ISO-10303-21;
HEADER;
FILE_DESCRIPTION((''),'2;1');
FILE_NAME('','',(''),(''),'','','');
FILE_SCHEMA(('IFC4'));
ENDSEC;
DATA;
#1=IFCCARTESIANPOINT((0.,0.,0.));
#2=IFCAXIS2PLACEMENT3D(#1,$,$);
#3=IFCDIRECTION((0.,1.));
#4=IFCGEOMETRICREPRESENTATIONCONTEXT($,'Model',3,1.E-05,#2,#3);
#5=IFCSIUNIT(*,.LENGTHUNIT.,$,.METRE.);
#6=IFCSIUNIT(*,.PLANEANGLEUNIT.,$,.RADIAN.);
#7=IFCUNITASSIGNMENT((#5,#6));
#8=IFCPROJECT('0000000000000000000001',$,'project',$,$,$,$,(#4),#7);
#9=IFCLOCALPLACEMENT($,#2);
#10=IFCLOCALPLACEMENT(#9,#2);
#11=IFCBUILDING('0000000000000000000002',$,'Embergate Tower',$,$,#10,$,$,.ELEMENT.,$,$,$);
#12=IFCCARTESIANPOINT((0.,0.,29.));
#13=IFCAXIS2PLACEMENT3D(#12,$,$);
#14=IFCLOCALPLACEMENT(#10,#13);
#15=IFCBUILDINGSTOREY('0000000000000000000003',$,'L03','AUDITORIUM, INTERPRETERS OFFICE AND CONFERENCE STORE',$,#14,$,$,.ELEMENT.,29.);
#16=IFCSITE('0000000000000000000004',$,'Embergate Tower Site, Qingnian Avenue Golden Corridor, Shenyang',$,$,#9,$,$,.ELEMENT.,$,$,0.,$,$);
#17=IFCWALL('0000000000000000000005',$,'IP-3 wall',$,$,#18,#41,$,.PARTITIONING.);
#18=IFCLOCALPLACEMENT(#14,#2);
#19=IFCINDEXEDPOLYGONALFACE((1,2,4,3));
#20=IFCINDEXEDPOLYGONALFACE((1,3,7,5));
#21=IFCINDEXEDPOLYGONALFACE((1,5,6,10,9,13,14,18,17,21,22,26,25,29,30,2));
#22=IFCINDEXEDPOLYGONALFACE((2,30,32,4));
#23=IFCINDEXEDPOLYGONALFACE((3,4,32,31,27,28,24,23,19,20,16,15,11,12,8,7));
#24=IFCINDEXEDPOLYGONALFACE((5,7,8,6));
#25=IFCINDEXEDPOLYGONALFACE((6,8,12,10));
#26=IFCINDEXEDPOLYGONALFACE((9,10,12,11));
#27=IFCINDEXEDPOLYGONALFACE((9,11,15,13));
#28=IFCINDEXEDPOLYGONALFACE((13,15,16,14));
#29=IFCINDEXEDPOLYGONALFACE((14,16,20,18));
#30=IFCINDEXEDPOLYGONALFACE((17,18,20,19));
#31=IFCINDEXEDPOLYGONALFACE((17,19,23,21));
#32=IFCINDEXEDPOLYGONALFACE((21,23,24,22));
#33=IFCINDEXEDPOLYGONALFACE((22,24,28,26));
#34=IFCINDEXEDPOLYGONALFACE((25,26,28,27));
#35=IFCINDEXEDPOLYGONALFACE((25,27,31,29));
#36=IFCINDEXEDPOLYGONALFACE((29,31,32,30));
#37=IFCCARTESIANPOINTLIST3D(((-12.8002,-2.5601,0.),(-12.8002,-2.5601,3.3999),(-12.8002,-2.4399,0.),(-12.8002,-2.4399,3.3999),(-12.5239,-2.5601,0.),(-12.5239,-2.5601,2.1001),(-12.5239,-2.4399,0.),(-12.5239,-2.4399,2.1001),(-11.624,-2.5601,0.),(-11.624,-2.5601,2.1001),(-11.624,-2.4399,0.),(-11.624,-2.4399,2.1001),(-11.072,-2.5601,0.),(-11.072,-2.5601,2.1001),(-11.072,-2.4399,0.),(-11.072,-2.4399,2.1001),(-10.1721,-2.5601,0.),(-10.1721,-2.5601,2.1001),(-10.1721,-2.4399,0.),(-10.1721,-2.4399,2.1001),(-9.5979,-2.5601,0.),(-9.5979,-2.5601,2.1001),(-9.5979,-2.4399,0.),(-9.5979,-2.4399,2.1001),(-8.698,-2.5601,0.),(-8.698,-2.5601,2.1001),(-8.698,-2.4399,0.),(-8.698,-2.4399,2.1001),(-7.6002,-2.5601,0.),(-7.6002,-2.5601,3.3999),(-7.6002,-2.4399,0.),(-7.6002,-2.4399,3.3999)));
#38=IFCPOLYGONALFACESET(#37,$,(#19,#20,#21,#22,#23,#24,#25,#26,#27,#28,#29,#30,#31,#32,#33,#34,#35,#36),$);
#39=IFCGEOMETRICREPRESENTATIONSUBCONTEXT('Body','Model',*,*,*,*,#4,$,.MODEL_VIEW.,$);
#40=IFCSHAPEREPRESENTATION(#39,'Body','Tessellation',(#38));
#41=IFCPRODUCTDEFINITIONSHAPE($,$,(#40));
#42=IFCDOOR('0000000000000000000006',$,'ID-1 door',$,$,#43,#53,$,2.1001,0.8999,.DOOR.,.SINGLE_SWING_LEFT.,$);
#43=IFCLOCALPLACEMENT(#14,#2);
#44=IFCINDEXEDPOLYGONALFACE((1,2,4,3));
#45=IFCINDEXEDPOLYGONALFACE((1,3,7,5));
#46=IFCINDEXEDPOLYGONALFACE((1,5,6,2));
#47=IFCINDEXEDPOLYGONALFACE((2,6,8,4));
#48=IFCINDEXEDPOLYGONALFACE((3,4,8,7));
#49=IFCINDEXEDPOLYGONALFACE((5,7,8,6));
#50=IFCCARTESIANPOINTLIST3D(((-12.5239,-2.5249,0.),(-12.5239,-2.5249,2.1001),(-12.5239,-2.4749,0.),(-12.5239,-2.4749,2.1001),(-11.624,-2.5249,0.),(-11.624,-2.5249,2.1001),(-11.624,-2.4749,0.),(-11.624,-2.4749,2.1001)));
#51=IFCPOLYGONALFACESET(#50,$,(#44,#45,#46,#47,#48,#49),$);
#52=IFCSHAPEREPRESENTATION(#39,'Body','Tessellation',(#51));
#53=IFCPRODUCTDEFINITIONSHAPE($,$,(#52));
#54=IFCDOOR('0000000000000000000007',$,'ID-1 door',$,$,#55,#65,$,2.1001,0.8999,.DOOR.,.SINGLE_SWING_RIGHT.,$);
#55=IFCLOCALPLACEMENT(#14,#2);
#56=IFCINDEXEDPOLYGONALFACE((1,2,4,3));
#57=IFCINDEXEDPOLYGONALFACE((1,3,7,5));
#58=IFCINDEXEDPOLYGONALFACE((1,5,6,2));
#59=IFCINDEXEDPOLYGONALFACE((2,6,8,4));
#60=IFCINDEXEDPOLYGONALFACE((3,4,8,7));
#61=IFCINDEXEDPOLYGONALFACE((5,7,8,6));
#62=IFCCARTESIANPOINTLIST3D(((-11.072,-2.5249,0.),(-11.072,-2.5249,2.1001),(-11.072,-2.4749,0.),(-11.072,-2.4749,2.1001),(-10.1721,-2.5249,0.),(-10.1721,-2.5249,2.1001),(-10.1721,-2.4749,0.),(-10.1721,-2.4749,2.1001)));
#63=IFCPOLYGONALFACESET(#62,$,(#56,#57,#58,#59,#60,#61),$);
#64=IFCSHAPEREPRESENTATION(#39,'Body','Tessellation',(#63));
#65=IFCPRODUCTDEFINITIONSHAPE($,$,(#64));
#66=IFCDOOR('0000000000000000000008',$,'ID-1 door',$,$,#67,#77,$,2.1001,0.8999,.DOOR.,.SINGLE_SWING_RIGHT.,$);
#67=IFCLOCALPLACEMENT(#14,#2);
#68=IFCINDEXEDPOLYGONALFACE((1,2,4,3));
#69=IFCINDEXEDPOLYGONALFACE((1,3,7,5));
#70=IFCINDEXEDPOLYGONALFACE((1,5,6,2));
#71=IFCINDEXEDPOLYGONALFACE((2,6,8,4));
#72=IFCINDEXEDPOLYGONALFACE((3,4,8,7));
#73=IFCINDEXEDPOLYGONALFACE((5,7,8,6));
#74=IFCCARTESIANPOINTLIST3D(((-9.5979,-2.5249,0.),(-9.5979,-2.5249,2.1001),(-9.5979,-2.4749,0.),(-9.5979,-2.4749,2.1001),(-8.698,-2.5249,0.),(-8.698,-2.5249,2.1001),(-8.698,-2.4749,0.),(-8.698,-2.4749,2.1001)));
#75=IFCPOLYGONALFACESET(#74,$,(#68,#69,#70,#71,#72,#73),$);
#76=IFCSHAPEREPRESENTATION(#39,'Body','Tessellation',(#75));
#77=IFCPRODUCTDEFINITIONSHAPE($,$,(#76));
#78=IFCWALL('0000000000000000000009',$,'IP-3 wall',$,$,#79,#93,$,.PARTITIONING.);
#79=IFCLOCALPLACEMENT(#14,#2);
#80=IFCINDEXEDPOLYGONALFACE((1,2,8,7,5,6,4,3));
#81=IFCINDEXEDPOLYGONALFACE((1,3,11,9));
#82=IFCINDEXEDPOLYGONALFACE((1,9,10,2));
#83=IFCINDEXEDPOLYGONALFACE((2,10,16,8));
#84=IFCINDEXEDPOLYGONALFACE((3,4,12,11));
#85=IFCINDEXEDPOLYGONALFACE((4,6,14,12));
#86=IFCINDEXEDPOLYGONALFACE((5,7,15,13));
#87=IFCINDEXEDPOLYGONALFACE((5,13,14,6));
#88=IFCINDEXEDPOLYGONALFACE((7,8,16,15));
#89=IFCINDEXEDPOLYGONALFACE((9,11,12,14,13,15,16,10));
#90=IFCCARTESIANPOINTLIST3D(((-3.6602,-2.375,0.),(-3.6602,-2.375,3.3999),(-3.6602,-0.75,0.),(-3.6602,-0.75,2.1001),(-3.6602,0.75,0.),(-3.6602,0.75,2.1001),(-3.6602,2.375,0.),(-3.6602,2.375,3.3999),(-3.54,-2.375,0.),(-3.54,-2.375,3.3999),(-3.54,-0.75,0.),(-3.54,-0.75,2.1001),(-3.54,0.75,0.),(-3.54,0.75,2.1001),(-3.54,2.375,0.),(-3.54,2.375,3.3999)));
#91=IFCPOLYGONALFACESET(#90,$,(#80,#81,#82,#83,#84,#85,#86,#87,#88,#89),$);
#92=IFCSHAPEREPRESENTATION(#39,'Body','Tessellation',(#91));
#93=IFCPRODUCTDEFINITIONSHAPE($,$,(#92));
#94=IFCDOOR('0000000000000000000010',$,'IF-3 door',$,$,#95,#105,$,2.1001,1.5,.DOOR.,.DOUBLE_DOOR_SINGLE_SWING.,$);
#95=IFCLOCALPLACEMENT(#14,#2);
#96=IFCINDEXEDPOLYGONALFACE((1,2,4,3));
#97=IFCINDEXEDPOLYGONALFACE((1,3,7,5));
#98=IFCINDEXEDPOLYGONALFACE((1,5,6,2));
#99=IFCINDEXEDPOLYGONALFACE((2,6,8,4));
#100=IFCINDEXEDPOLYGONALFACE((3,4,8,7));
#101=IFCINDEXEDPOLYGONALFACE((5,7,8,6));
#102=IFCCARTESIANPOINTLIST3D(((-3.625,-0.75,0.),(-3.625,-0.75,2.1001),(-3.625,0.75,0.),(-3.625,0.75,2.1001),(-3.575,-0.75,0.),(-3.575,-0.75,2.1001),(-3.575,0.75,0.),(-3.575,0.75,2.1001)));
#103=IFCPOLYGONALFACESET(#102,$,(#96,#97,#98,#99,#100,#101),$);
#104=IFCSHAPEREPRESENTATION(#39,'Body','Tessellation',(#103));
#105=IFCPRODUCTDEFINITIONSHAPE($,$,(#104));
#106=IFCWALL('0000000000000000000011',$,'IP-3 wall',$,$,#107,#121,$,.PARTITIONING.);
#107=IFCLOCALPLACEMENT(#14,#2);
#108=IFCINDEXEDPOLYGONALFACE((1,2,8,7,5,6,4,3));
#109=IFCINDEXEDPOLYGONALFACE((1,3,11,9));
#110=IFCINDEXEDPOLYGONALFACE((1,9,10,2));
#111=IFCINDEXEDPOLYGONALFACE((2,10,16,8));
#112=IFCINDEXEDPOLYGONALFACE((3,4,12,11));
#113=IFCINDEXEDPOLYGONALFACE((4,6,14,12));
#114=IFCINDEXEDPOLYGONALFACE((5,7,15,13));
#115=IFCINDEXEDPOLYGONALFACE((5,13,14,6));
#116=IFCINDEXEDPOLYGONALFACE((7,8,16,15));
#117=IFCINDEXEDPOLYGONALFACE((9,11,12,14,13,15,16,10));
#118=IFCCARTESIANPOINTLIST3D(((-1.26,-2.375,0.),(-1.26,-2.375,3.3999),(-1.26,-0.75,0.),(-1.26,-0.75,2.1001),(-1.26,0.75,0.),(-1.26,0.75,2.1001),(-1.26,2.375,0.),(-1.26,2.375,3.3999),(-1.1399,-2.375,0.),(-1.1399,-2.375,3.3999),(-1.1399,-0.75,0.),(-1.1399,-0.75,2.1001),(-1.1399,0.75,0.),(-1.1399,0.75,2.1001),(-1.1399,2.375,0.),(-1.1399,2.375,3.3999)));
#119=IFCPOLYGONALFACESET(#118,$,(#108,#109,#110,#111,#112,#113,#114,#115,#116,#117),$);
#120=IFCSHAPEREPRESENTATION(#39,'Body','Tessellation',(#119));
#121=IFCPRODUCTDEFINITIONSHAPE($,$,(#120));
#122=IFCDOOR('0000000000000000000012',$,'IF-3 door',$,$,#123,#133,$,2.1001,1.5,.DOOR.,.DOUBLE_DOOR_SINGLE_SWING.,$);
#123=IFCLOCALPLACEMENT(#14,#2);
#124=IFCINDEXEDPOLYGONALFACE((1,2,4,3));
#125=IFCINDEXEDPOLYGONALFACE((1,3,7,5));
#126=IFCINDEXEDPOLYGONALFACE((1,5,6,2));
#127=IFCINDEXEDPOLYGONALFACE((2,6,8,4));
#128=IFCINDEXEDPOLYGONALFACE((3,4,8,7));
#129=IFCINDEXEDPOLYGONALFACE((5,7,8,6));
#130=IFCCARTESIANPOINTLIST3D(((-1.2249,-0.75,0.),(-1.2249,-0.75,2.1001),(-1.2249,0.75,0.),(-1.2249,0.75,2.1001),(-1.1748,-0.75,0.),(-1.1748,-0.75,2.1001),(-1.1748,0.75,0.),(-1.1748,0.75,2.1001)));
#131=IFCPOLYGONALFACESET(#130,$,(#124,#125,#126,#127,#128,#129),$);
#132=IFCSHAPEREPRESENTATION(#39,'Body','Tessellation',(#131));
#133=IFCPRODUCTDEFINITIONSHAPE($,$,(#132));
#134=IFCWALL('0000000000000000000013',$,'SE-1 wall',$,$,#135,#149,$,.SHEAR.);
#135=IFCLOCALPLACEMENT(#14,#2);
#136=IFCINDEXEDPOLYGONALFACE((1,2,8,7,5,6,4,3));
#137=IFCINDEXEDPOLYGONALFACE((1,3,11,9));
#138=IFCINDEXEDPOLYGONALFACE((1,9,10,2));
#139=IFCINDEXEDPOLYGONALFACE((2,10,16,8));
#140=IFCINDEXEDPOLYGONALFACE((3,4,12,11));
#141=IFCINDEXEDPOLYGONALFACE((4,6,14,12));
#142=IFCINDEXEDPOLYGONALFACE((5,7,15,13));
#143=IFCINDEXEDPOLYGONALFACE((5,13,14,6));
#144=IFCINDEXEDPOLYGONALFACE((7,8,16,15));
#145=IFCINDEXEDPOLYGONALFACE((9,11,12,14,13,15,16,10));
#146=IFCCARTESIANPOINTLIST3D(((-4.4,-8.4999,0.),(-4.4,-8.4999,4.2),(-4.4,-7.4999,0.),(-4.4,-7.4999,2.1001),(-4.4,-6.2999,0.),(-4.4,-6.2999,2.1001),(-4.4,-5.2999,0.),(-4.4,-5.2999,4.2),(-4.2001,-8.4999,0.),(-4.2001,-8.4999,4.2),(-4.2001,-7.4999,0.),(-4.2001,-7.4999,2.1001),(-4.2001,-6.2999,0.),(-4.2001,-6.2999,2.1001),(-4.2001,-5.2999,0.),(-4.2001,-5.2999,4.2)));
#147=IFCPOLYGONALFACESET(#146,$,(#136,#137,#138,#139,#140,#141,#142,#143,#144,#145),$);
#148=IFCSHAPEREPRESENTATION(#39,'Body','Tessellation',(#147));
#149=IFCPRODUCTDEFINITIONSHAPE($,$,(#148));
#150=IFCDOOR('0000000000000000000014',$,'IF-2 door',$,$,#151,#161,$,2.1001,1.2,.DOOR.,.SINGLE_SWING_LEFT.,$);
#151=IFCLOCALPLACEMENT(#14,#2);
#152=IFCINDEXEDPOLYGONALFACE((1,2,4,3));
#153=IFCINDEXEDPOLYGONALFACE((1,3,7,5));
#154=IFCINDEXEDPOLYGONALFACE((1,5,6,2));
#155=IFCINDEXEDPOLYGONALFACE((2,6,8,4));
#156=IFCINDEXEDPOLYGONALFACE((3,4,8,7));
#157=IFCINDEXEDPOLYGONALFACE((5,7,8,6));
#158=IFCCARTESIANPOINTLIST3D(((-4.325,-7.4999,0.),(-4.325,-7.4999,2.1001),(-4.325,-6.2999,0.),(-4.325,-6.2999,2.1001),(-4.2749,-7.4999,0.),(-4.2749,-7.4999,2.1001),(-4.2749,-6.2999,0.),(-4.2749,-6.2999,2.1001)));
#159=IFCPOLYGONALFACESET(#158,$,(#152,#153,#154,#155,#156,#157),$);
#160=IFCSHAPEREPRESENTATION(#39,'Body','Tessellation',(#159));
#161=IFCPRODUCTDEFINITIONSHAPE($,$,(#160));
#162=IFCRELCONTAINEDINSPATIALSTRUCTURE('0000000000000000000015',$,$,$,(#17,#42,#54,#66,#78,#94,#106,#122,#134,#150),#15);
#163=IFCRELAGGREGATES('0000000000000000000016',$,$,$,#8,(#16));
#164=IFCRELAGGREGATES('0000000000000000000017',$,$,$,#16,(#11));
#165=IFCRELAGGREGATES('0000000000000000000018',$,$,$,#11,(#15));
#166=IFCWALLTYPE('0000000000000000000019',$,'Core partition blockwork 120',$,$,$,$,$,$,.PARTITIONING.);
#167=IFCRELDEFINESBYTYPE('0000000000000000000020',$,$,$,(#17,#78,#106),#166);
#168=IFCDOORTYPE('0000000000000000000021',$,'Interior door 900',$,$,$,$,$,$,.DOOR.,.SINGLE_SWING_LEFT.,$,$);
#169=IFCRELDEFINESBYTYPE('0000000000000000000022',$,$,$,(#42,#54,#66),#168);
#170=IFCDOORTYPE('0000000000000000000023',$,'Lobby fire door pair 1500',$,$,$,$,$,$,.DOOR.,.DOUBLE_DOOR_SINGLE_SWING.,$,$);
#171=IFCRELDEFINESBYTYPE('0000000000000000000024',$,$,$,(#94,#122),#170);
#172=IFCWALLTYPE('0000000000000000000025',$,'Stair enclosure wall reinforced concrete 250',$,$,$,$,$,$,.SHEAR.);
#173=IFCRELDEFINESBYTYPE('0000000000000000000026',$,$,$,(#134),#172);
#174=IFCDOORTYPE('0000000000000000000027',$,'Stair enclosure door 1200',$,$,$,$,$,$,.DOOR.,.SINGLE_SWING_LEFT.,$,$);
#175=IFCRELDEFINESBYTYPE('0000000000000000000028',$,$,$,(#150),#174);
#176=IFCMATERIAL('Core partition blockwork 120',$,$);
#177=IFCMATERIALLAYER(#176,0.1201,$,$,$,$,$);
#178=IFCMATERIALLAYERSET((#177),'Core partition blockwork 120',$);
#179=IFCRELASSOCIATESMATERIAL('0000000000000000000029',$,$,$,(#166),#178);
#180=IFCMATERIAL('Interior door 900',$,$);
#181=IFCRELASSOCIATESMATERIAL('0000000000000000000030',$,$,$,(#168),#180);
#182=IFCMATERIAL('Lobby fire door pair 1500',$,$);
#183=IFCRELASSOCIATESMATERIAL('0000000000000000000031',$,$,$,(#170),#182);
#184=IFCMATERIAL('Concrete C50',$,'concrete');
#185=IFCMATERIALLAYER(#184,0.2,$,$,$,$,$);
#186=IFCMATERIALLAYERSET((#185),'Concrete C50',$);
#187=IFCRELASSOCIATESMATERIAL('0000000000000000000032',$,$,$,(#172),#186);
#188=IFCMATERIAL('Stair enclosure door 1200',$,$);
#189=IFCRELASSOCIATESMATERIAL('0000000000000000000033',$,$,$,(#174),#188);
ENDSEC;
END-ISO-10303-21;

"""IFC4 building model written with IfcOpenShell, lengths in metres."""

from ifc_helpers import new_model, si_unit, direction, frame, frame_2d, origin, place, context, subcontext, project, spatial, rectangle, extrude, source, transform, mapped, material, layer, layer_set, type_object, element, fill, save


model = new_model("IFC4")

# Units and contexts
model_context = context("Model", 3, precision=1e-05, world=origin(), true_north=direction((0.0, 1.0)))
body_context = subcontext(model_context, "Body", "Model", "MODEL_VIEW")
ifc_project = project(units=[si_unit("LENGTHUNIT", "METRE"), si_unit("PLANEANGLEUNIT", "RADIAN")], contexts=[model_context])

# Site, building, storey
site_placement = place(None, origin())
site = spatial("IfcSite", under=ifc_project, at=site_placement, Name="Embergate Tower Site, Qingnian Avenue Golden Corridor, Shenyang", CompositionType="ELEMENT", RefElevation=0.0)
building_placement = place(site_placement, origin())
building = spatial("IfcBuilding", under=site, at=building_placement, Name="Embergate Tower", CompositionType="ELEMENT")
storey_placement = place(building_placement, frame((0.0, 0.0, 29.0)))
storey = spatial("IfcBuildingStorey", under=building, at=storey_placement, Name="L03", Description="AUDITORIUM, INTERPRETERS OFFICE AND CONFERENCE STORE", CompositionType="ELEMENT", Elevation=29.0)

# Shared definitions
ifc_material_1 = material(Name="Concrete C50", Category="concrete")

# Wall, openings, doors
ifc_material_2 = material(Name="Core partition blockwork 120")
ifc_layer_1 = layer(ifc_material_2, 0.1201)
ifc_layer_set_1 = layer_set([ifc_layer_1], Name="Core partition blockwork 120")
wall_type_1 = type_object("IfcWallType", Name="Core partition blockwork 120", PredefinedType="PARTITIONING", material=ifc_layer_set_1)
shared_shape_1 = source(origin(), body_context, "Body", "SweptSolid", [
    extrude(rectangle(XDim=5.2, YDim=0.1201, at=frame_2d((2.6001, 0.0))), origin(), (0.0, 0.0, 1.0), 3.3999),
])
wall_1_placement = place(storey_placement, frame((-7.6001, -2.5, 0.0), z_axis=(0.0, 0.0, 1.0), x_axis=(-1.0, 0.0, 0.0)))
wall_1 = element("IfcWall", 1, at=wall_1_placement, inside=storey, type_object=wall_type_1, Name="IP-3 wall", PredefinedType="PARTITIONING", context=body_context, shape_type="MappedRepresentation", body=[
    mapped(shared_shape_1, transform((0.0, 0.0, 0.0))),
])
shared_shape_2 = source(origin(), body_context, "Body", "SweptSolid", [
    extrude(rectangle(XDim=0.8999, YDim=2.1001, at=frame_2d((0.45, 1.05))), frame((0.0, 0.0701, 0.0), z_axis=(0.0, -1.0, 0.0), x_axis=(1.0, 0.0, 0.0)), (0.0, 0.0, 1.0), 0.1401),
])
opening_1_placement = place(wall_1_placement, frame((4.0239, 0.0, 0.0)))
opening_1 = element("IfcOpeningElement", 2, at=opening_1_placement, cuts=wall_1, PredefinedType="OPENING", context=body_context, shape_type="MappedRepresentation", body=[
    mapped(shared_shape_2, transform((0.0, 0.0, 0.0))),
])
opening_2_placement = place(wall_1_placement, frame((2.572, 0.0, 0.0)))
opening_2 = element("IfcOpeningElement", 3, at=opening_2_placement, cuts=wall_1, PredefinedType="OPENING", context=body_context, shape_type="MappedRepresentation", body=[
    mapped(shared_shape_2, transform((0.0, 0.0, 0.0))),
])
opening_3_placement = place(wall_1_placement, frame((1.0979, 0.0, 0.0)))
opening_3 = element("IfcOpeningElement", 4, at=opening_3_placement, cuts=wall_1, PredefinedType="OPENING", context=body_context, shape_type="MappedRepresentation", body=[
    mapped(shared_shape_2, transform((0.0, 0.0, 0.0))),
])
ifc_material_3 = material(Name="Interior door 900")
door_type_1 = type_object("IfcDoorType", Name="Interior door 900", OperationType="SINGLE_SWING_LEFT", PredefinedType="DOOR", material=ifc_material_3)
shared_shape_3 = source(origin(), body_context, "Body", "SweptSolid", [
    extrude(rectangle(XDim=0.8999, YDim=2.1001, at=frame_2d((0.45, 1.05))), frame((0.0, 0.0249, 0.0), z_axis=(0.0, -1.0, 0.0), x_axis=(1.0, 0.0, 0.0)), (0.0, 0.0, 1.0), 0.05),
])
door_1_placement = place(opening_1_placement, origin())
door_1 = element("IfcDoor", 5, at=door_1_placement, inside=storey, type_object=door_type_1, Name="ID-1 door", OperationType="SINGLE_SWING_LEFT", OverallHeight=2.1001, OverallWidth=0.8999, PredefinedType="DOOR", context=body_context, shape_type="MappedRepresentation", body=[
    mapped(shared_shape_3, transform((0.0, 0.0, 0.0))),
])
fill(opening_1, door_1)
door_2_placement = place(opening_2_placement, origin())
door_2 = element("IfcDoor", 6, at=door_2_placement, inside=storey, type_object=door_type_1, Name="ID-1 door", OperationType="SINGLE_SWING_RIGHT", OverallHeight=2.1001, OverallWidth=0.8999, PredefinedType="DOOR", context=body_context, shape_type="MappedRepresentation", body=[
    mapped(shared_shape_3, transform((0.0, 0.0, 0.0))),
])
fill(opening_2, door_2)
door_3_placement = place(opening_3_placement, origin())
door_3 = element("IfcDoor", 7, at=door_3_placement, inside=storey, type_object=door_type_1, Name="ID-1 door", OperationType="SINGLE_SWING_RIGHT", OverallHeight=2.1001, OverallWidth=0.8999, PredefinedType="DOOR", context=body_context, shape_type="MappedRepresentation", body=[
    mapped(shared_shape_3, transform((0.0, 0.0, 0.0))),
])
fill(opening_3, door_3)

# Walls, openings, doors
shared_shape_4 = source(origin(), body_context, "Body", "SweptSolid", [
    extrude(rectangle(XDim=4.75, YDim=0.1201, at=frame_2d((2.375, 0.0))), origin(), (0.0, 0.0, 1.0), 3.3999),
])
wall_2_placement = place(storey_placement, frame((-3.6001, -2.375, 0.0), z_axis=(0.0, 0.0, 1.0), x_axis=(0.0, 1.0, 0.0)))
wall_2 = element("IfcWall", 8, at=wall_2_placement, inside=storey, type_object=wall_type_1, Name="IP-3 wall", PredefinedType="PARTITIONING", context=body_context, shape_type="MappedRepresentation", body=[
    mapped(shared_shape_4, transform((0.0, 0.0, 0.0))),
])
shared_shape_5 = source(origin(), body_context, "Body", "SweptSolid", [
    extrude(rectangle(XDim=1.5, YDim=2.1001, at=frame_2d((0.75, 1.05))), frame((0.0, 0.0701, 0.0), z_axis=(0.0, -1.0, 0.0), x_axis=(1.0, 0.0, 0.0)), (0.0, 0.0, 1.0), 0.1401),
])
opening_4_placement = place(wall_2_placement, frame((1.625, 0.0, 0.0)))
opening_4 = element("IfcOpeningElement", 9, at=opening_4_placement, cuts=wall_2, PredefinedType="OPENING", context=body_context, shape_type="MappedRepresentation", body=[
    mapped(shared_shape_5, transform((0.0, 0.0, 0.0))),
])
ifc_material_4 = material(Name="Lobby fire door pair 1500")
door_type_2 = type_object("IfcDoorType", Name="Lobby fire door pair 1500", OperationType="DOUBLE_DOOR_SINGLE_SWING", PredefinedType="DOOR", material=ifc_material_4)
shared_shape_6 = source(origin(), body_context, "Body", "SweptSolid", [
    extrude(rectangle(XDim=1.5, YDim=2.1001, at=frame_2d((0.75, 1.05))), frame((0.0, 0.0249, 0.0), z_axis=(0.0, -1.0, 0.0), x_axis=(1.0, 0.0, 0.0)), (0.0, 0.0, 1.0), 0.05),
])
door_4_placement = place(opening_4_placement, origin())
door_4 = element("IfcDoor", 10, at=door_4_placement, inside=storey, type_object=door_type_2, Name="IF-3 door", OperationType="DOUBLE_DOOR_SINGLE_SWING", OverallHeight=2.1001, OverallWidth=1.5, PredefinedType="DOOR", context=body_context, shape_type="MappedRepresentation", body=[
    mapped(shared_shape_6, transform((0.0, 0.0, 0.0))),
])
fill(opening_4, door_4)
wall_3_placement = place(storey_placement, frame((-1.2, -2.375, 0.0), z_axis=(0.0, 0.0, 1.0), x_axis=(0.0, 1.0, 0.0)))
wall_3 = element("IfcWall", 11, at=wall_3_placement, inside=storey, type_object=wall_type_1, Name="IP-3 wall", PredefinedType="PARTITIONING", context=body_context, shape_type="MappedRepresentation", body=[
    mapped(shared_shape_4, transform((0.0, 0.0, 0.0))),
])
opening_5_placement = place(wall_3_placement, frame((1.625, 0.0, 0.0)))
opening_5 = element("IfcOpeningElement", 12, at=opening_5_placement, cuts=wall_3, PredefinedType="OPENING", context=body_context, shape_type="MappedRepresentation", body=[
    mapped(shared_shape_5, transform((0.0, 0.0, 0.0))),
])
door_5_placement = place(opening_5_placement, origin())
door_5 = element("IfcDoor", 13, at=door_5_placement, inside=storey, type_object=door_type_2, Name="IF-3 door", OperationType="DOUBLE_DOOR_SINGLE_SWING", OverallHeight=2.1001, OverallWidth=1.5, PredefinedType="DOOR", context=body_context, shape_type="MappedRepresentation", body=[
    mapped(shared_shape_6, transform((0.0, 0.0, 0.0))),
])
fill(opening_5, door_5)
ifc_layer_2 = layer(ifc_material_1, 0.2)
ifc_layer_set_2 = layer_set([ifc_layer_2], Name="Concrete C50")
wall_type_2 = type_object("IfcWallType", Name="Stair enclosure wall reinforced concrete 250", PredefinedType="SHEAR", material=ifc_layer_set_2)
shared_shape_7 = source(origin(), body_context, "Body", "SweptSolid", [
    extrude(rectangle(XDim=3.2, YDim=0.2, at=frame_2d((1.6001, 0.0))), origin(), (0.0, 0.0, 1.0), 4.2),
])
wall_4_placement = place(storey_placement, frame((-4.3, -8.5, 0.0), z_axis=(0.0, 0.0, 1.0), x_axis=(0.0, 1.0, 0.0)))
wall_4 = element("IfcWall", 14, at=wall_4_placement, inside=storey, type_object=wall_type_2, Name="SE-1 wall", PredefinedType="SHEAR", context=body_context, shape_type="MappedRepresentation", body=[
    mapped(shared_shape_7, transform((0.0, 0.0, 0.0))),
])
shared_shape_8 = source(origin(), body_context, "Body", "SweptSolid", [
    extrude(rectangle(XDim=1.2, YDim=2.1001, at=frame_2d((0.6001, 1.05))), frame((0.0, 0.1099, 0.0), z_axis=(0.0, -1.0, 0.0), x_axis=(1.0, 0.0, 0.0)), (0.0, 0.0, 1.0), 0.22),
])
opening_6_placement = place(wall_4_placement, frame((1.0, 0.0, 0.0)))
opening_6 = element("IfcOpeningElement", 15, at=opening_6_placement, cuts=wall_4, PredefinedType="OPENING", context=body_context, shape_type="MappedRepresentation", body=[
    mapped(shared_shape_8, transform((0.0, 0.0, 0.0))),
])
ifc_material_5 = material(Name="Stair enclosure door 1200")
door_type_3 = type_object("IfcDoorType", Name="Stair enclosure door 1200", OperationType="SINGLE_SWING_LEFT", PredefinedType="DOOR", material=ifc_material_5)
shared_shape_9 = source(origin(), body_context, "Body", "SweptSolid", [
    extrude(rectangle(XDim=1.2, YDim=2.1001, at=frame_2d((0.6001, 1.05))), frame((0.0, 0.0249, 0.0), z_axis=(0.0, -1.0, 0.0), x_axis=(1.0, 0.0, 0.0)), (0.0, 0.0, 1.0), 0.05),
])
door_6_placement = place(opening_6_placement, origin())
door_6 = element("IfcDoor", 16, at=door_6_placement, inside=storey, type_object=door_type_3, Name="IF-2 door", OperationType="SINGLE_SWING_LEFT", OverallHeight=2.1001, OverallWidth=1.2, PredefinedType="DOOR", context=body_context, shape_type="MappedRepresentation", body=[
    mapped(shared_shape_9, transform((0.0, 0.0, 0.0))),
])
fill(opening_6, door_6)

save(model, "model.ifc")
